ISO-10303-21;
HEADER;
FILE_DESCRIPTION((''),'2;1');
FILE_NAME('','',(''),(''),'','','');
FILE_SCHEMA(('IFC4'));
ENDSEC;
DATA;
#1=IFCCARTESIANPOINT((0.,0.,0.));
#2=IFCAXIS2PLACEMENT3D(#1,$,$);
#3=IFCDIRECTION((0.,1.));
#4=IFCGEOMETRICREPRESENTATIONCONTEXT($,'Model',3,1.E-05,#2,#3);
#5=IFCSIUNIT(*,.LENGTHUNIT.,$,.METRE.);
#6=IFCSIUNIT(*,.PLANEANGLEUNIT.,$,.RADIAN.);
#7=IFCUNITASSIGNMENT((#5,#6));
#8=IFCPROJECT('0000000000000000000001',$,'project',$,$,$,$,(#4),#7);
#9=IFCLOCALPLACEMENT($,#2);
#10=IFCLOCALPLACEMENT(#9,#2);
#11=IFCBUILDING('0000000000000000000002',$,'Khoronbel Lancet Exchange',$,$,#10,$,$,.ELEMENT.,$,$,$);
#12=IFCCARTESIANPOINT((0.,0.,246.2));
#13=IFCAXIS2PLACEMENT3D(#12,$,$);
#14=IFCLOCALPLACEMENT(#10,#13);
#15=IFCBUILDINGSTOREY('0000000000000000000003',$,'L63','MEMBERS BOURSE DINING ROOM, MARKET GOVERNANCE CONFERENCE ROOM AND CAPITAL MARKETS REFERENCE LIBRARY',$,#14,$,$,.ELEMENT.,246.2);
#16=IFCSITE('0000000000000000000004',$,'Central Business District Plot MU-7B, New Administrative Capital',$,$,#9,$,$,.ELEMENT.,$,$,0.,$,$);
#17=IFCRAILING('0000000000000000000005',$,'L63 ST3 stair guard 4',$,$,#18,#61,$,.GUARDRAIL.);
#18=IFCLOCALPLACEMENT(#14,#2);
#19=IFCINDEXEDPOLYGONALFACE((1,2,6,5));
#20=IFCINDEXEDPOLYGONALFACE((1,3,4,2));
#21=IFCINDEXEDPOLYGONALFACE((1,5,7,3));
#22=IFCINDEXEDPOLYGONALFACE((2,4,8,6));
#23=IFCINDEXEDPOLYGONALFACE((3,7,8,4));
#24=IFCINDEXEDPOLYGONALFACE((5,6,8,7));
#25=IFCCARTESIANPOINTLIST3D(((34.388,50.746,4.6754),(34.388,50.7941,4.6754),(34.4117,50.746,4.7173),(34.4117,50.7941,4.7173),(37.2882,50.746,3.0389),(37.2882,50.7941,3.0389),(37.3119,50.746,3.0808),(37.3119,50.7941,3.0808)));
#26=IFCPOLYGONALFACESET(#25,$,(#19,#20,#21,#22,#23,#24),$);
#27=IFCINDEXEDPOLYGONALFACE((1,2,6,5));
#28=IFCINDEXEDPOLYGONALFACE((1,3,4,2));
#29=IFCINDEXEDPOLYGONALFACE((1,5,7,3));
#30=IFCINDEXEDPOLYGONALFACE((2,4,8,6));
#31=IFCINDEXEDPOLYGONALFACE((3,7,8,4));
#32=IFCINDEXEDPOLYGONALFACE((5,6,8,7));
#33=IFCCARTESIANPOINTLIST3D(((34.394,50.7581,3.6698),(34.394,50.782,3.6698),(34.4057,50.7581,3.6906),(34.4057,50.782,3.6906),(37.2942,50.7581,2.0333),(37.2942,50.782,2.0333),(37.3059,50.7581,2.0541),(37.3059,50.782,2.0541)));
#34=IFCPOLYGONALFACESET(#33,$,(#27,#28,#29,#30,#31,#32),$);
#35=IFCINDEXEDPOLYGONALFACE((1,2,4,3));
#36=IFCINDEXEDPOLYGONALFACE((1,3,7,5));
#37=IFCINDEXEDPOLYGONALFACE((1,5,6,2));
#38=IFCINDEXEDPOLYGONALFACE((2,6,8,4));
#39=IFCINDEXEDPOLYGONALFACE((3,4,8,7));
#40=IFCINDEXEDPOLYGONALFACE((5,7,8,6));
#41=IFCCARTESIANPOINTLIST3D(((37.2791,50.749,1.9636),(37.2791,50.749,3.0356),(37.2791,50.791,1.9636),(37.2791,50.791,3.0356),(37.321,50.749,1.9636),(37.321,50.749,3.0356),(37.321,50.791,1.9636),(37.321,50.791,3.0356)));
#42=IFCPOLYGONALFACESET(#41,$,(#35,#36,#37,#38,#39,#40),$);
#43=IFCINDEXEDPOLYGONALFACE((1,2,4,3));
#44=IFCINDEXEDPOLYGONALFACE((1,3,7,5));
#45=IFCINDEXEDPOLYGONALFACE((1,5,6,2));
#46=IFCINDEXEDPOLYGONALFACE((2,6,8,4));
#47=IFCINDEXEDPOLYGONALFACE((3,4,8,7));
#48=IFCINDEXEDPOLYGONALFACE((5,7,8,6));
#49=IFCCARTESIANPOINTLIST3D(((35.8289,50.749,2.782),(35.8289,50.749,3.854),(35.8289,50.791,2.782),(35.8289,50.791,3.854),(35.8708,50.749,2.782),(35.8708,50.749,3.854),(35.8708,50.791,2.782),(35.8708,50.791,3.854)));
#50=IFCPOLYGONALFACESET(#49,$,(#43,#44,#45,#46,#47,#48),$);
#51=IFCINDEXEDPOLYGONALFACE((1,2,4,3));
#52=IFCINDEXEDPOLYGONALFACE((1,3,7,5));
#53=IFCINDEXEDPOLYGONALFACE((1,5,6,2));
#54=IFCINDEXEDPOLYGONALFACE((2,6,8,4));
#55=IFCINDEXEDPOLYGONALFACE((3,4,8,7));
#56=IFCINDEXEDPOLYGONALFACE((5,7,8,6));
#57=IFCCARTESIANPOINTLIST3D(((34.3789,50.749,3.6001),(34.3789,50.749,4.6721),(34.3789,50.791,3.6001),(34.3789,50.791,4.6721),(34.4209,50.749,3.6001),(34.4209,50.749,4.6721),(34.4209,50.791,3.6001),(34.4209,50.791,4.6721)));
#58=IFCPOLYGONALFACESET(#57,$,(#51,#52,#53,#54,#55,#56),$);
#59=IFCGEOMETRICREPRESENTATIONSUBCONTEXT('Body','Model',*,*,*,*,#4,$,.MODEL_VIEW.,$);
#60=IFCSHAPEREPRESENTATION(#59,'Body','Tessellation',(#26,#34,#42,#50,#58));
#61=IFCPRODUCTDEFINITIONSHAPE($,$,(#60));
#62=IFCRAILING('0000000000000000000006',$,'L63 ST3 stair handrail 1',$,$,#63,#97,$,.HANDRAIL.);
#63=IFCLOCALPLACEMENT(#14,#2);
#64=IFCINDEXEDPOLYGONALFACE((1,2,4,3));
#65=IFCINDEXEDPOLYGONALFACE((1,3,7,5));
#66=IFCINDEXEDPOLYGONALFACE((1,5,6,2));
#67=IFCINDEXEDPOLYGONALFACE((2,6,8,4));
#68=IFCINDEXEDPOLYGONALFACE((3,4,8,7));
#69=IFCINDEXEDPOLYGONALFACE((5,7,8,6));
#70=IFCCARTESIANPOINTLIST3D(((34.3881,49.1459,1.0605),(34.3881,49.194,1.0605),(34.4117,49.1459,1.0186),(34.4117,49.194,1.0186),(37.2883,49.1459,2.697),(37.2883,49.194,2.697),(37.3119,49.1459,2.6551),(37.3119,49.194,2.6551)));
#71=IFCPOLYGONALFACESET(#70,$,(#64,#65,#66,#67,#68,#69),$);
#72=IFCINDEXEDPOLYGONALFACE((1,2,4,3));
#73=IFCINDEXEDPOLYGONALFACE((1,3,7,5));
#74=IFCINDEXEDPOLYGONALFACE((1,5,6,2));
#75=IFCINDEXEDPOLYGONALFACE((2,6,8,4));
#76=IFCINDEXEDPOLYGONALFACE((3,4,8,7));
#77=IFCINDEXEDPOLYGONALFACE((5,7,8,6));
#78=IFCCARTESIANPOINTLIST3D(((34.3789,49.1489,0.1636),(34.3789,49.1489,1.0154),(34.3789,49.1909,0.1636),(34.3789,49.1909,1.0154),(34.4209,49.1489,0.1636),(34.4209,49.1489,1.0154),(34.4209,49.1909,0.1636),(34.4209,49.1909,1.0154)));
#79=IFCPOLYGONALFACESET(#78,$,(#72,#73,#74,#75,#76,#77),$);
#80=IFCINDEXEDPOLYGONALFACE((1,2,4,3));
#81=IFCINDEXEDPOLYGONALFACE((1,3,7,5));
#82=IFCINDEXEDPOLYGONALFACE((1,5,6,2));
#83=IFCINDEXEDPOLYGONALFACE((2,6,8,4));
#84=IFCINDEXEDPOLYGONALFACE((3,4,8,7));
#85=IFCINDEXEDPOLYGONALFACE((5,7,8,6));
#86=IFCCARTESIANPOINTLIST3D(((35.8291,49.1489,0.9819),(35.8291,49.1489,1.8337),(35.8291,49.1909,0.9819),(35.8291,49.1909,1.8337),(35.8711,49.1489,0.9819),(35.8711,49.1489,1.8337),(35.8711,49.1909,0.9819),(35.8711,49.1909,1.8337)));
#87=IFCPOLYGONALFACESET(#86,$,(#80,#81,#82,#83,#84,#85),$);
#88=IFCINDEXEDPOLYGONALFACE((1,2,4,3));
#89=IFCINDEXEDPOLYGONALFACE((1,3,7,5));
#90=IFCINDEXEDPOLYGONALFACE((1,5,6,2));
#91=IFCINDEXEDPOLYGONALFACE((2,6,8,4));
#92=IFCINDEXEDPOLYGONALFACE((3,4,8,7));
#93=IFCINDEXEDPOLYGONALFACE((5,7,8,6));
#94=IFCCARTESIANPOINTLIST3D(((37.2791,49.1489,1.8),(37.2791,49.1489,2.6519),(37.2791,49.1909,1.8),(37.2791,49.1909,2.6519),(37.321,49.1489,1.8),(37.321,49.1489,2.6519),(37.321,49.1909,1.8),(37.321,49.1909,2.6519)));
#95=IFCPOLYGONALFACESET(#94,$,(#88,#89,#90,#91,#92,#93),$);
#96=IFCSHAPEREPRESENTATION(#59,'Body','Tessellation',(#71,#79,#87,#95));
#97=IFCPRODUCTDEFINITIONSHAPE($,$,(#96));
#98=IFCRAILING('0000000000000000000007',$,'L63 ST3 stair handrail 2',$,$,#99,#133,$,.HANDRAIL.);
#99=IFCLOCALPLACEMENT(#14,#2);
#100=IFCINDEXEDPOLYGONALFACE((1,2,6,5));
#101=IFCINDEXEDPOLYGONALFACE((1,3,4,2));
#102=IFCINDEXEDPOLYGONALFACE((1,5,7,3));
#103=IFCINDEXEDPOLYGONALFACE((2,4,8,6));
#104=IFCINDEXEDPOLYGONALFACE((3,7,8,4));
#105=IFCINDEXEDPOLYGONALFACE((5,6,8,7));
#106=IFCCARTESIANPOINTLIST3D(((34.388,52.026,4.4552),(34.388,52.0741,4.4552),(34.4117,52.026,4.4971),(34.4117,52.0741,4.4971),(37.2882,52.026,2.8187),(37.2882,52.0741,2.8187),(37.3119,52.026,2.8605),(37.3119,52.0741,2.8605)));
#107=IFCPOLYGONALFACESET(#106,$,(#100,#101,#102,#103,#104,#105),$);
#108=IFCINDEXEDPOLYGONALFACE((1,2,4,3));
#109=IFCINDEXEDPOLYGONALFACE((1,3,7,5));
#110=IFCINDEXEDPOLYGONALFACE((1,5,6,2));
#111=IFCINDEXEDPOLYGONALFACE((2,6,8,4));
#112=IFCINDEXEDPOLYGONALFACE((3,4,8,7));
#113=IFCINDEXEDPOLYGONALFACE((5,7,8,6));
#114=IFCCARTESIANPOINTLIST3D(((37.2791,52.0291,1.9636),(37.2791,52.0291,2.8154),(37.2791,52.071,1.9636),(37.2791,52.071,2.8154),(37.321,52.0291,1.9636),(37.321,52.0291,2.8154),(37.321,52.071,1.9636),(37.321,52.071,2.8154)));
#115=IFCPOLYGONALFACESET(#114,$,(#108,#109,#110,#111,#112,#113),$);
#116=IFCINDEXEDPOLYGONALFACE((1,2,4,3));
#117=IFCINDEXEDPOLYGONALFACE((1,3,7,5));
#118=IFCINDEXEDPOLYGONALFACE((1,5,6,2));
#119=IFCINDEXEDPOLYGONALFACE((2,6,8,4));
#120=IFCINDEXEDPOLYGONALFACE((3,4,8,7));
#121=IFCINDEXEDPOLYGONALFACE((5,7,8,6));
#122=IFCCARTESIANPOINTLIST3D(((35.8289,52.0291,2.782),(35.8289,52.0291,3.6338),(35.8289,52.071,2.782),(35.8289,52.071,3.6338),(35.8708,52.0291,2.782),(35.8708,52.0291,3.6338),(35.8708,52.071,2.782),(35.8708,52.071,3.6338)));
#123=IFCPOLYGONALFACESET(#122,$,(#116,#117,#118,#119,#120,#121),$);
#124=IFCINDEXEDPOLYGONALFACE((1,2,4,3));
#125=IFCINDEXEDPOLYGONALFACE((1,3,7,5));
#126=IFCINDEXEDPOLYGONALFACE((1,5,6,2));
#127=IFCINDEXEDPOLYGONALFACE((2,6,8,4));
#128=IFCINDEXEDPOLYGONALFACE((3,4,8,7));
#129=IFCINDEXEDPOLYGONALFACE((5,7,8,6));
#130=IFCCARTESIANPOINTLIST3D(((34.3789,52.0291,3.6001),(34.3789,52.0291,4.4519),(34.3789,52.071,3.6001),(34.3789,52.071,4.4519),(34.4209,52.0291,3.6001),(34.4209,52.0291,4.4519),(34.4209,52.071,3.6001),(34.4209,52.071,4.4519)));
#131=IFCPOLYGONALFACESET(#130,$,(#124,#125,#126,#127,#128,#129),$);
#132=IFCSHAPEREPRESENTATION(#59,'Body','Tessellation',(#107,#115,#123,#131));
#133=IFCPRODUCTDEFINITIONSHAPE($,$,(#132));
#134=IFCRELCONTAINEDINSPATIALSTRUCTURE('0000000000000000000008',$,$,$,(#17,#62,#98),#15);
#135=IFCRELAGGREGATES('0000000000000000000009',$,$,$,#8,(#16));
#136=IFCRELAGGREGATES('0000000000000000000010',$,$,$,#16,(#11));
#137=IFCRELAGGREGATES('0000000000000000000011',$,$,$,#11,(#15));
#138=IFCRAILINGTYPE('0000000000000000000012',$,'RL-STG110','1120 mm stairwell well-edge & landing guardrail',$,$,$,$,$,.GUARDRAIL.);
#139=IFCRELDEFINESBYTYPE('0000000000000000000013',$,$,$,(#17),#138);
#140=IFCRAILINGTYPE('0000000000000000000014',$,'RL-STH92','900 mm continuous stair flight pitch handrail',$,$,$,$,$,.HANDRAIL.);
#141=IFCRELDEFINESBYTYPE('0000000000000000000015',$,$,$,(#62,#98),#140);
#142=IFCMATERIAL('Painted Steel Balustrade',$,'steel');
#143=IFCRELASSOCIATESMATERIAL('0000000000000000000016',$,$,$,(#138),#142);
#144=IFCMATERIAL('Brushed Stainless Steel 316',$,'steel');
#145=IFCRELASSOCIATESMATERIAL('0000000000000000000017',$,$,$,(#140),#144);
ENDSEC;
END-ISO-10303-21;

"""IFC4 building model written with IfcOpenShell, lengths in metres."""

from ifc_helpers import new_model, si_unit, direction, frame, origin, origin_2d, place, context, subcontext, project, spatial, rectangle, extrude, material, type_object, element, save


model = new_model("IFC4")

# Units and contexts
model_context = context("Model", 3, precision=1e-05, world=origin(), true_north=direction((0.0, 1.0)))
body_context = subcontext(model_context, "Body", "Model", "MODEL_VIEW")
ifc_project = project(units=[si_unit("LENGTHUNIT", "METRE"), si_unit("PLANEANGLEUNIT", "RADIAN")], contexts=[model_context])

# Site, building, storey
site_placement = place(None, origin())
site = spatial("IfcSite", under=ifc_project, at=site_placement, Name="Central Business District Plot MU-7B, New Administrative Capital", CompositionType="ELEMENT", RefElevation=0.0)
building_placement = place(site_placement, origin())
building = spatial("IfcBuilding", under=site, at=building_placement, Name="Khoronbel Lancet Exchange", CompositionType="ELEMENT")
storey_placement = place(building_placement, frame((0.0, 0.0, 246.2)))
storey = spatial("IfcBuildingStorey", under=building, at=storey_placement, Name="L63", Description="MEMBERS BOURSE DINING ROOM, MARKET GOVERNANCE CONFERENCE ROOM AND CAPITAL MARKETS REFERENCE LIBRARY", CompositionType="ELEMENT", Elevation=246.2)

# Railings
ifc_material_1 = material(Name="Painted Steel Balustrade", Category="steel")
railing_type_1 = type_object("IfcRailingType", Name="RL-STG110", Description="1120 mm stairwell well-edge & landing guardrail", PredefinedType="GUARDRAIL", material=ifc_material_1)
railing_1_placement = place(storey_placement, frame((37.3, 50.77, 1.9636)))
element("IfcRailing", 1, at=railing_1_placement, inside=storey, type_object=railing_type_1, Name="L63 ST3 stair guard 4", PredefinedType="GUARDRAIL", context=body_context, shape_type="SweptSolid", body=[
    extrude(rectangle(XDim=0.0481, YDim=0.0481, at=origin_2d()), frame((0.0, 0.0, 1.0962), z_axis=(-0.870915, 0.0, 0.491434), x_axis=(0.0, -1.0, 0.0)), (0.0, 0.0, 1.0), 3.3301),
    extrude(rectangle(XDim=0.0239, YDim=0.0239, at=origin_2d()), frame((0.0, 0.0, 0.0801), z_axis=(-0.870915, 0.0, 0.491434), x_axis=(0.0, -1.0, 0.0)), (0.0, 0.0, 1.0), 3.3301),
    extrude(rectangle(XDim=0.042, YDim=0.042, at=origin_2d()), origin(), (0.0, 0.0, 1.0), 1.072),
    extrude(rectangle(XDim=0.042, YDim=0.042, at=origin_2d()), frame((-1.4502, 0.0, 0.8184)), (0.0, 0.0, 1.0), 1.072),
    extrude(rectangle(XDim=0.042, YDim=0.042, at=origin_2d()), frame((-2.9001, 0.0, 1.6365)), (0.0, 0.0, 1.0), 1.072),
])
ifc_material_2 = material(Name="Brushed Stainless Steel 316", Category="steel")
railing_type_2 = type_object("IfcRailingType", Name="RL-STH92", Description="900 mm continuous stair flight pitch handrail", PredefinedType="HANDRAIL", material=ifc_material_2)
railing_2_placement = place(storey_placement, frame((34.3999, 49.1699, 0.1636)))
element("IfcRailing", 2, at=railing_2_placement, inside=storey, type_object=railing_type_2, Name="L63 ST3 stair handrail 1", PredefinedType="HANDRAIL", context=body_context, shape_type="SweptSolid", body=[
    extrude(rectangle(XDim=0.0481, YDim=0.0481, at=origin_2d()), frame((0.0, 0.0, 0.876), z_axis=(0.870915, 0.0, 0.491434), x_axis=(0.0, 1.0, 0.0)), (0.0, 0.0, 1.0), 3.3301),
    extrude(rectangle(XDim=0.042, YDim=0.042, at=origin_2d()), origin(), (0.0, 0.0, 1.0), 0.8518),
    extrude(rectangle(XDim=0.042, YDim=0.042, at=origin_2d()), frame((1.4502, 0.0, 0.8184)), (0.0, 0.0, 1.0), 0.8518),
    extrude(rectangle(XDim=0.042, YDim=0.042, at=origin_2d()), frame((2.9001, 0.0, 1.6365)), (0.0, 0.0, 1.0), 0.8518),
])
railing_3_placement = place(storey_placement, frame((37.3, 52.05, 1.9636)))
element("IfcRailing", 3, at=railing_3_placement, inside=storey, type_object=railing_type_2, Name="L63 ST3 stair handrail 2", PredefinedType="HANDRAIL", context=body_context, shape_type="SweptSolid", body=[
    extrude(rectangle(XDim=0.0481, YDim=0.0481, at=origin_2d()), frame((0.0, 0.0, 0.876), z_axis=(-0.870915, 0.0, 0.491434), x_axis=(0.0, -1.0, 0.0)), (0.0, 0.0, 1.0), 3.3301),
    extrude(rectangle(XDim=0.042, YDim=0.042, at=origin_2d()), origin(), (0.0, 0.0, 1.0), 0.8518),
    extrude(rectangle(XDim=0.042, YDim=0.042, at=origin_2d()), frame((-1.4502, 0.0, 0.8184)), (0.0, 0.0, 1.0), 0.8518),
    extrude(rectangle(XDim=0.042, YDim=0.042, at=origin_2d()), frame((-2.9001, 0.0, 1.6365)), (0.0, 0.0, 1.0), 0.8518),
])

save(model, "model.ifc")
